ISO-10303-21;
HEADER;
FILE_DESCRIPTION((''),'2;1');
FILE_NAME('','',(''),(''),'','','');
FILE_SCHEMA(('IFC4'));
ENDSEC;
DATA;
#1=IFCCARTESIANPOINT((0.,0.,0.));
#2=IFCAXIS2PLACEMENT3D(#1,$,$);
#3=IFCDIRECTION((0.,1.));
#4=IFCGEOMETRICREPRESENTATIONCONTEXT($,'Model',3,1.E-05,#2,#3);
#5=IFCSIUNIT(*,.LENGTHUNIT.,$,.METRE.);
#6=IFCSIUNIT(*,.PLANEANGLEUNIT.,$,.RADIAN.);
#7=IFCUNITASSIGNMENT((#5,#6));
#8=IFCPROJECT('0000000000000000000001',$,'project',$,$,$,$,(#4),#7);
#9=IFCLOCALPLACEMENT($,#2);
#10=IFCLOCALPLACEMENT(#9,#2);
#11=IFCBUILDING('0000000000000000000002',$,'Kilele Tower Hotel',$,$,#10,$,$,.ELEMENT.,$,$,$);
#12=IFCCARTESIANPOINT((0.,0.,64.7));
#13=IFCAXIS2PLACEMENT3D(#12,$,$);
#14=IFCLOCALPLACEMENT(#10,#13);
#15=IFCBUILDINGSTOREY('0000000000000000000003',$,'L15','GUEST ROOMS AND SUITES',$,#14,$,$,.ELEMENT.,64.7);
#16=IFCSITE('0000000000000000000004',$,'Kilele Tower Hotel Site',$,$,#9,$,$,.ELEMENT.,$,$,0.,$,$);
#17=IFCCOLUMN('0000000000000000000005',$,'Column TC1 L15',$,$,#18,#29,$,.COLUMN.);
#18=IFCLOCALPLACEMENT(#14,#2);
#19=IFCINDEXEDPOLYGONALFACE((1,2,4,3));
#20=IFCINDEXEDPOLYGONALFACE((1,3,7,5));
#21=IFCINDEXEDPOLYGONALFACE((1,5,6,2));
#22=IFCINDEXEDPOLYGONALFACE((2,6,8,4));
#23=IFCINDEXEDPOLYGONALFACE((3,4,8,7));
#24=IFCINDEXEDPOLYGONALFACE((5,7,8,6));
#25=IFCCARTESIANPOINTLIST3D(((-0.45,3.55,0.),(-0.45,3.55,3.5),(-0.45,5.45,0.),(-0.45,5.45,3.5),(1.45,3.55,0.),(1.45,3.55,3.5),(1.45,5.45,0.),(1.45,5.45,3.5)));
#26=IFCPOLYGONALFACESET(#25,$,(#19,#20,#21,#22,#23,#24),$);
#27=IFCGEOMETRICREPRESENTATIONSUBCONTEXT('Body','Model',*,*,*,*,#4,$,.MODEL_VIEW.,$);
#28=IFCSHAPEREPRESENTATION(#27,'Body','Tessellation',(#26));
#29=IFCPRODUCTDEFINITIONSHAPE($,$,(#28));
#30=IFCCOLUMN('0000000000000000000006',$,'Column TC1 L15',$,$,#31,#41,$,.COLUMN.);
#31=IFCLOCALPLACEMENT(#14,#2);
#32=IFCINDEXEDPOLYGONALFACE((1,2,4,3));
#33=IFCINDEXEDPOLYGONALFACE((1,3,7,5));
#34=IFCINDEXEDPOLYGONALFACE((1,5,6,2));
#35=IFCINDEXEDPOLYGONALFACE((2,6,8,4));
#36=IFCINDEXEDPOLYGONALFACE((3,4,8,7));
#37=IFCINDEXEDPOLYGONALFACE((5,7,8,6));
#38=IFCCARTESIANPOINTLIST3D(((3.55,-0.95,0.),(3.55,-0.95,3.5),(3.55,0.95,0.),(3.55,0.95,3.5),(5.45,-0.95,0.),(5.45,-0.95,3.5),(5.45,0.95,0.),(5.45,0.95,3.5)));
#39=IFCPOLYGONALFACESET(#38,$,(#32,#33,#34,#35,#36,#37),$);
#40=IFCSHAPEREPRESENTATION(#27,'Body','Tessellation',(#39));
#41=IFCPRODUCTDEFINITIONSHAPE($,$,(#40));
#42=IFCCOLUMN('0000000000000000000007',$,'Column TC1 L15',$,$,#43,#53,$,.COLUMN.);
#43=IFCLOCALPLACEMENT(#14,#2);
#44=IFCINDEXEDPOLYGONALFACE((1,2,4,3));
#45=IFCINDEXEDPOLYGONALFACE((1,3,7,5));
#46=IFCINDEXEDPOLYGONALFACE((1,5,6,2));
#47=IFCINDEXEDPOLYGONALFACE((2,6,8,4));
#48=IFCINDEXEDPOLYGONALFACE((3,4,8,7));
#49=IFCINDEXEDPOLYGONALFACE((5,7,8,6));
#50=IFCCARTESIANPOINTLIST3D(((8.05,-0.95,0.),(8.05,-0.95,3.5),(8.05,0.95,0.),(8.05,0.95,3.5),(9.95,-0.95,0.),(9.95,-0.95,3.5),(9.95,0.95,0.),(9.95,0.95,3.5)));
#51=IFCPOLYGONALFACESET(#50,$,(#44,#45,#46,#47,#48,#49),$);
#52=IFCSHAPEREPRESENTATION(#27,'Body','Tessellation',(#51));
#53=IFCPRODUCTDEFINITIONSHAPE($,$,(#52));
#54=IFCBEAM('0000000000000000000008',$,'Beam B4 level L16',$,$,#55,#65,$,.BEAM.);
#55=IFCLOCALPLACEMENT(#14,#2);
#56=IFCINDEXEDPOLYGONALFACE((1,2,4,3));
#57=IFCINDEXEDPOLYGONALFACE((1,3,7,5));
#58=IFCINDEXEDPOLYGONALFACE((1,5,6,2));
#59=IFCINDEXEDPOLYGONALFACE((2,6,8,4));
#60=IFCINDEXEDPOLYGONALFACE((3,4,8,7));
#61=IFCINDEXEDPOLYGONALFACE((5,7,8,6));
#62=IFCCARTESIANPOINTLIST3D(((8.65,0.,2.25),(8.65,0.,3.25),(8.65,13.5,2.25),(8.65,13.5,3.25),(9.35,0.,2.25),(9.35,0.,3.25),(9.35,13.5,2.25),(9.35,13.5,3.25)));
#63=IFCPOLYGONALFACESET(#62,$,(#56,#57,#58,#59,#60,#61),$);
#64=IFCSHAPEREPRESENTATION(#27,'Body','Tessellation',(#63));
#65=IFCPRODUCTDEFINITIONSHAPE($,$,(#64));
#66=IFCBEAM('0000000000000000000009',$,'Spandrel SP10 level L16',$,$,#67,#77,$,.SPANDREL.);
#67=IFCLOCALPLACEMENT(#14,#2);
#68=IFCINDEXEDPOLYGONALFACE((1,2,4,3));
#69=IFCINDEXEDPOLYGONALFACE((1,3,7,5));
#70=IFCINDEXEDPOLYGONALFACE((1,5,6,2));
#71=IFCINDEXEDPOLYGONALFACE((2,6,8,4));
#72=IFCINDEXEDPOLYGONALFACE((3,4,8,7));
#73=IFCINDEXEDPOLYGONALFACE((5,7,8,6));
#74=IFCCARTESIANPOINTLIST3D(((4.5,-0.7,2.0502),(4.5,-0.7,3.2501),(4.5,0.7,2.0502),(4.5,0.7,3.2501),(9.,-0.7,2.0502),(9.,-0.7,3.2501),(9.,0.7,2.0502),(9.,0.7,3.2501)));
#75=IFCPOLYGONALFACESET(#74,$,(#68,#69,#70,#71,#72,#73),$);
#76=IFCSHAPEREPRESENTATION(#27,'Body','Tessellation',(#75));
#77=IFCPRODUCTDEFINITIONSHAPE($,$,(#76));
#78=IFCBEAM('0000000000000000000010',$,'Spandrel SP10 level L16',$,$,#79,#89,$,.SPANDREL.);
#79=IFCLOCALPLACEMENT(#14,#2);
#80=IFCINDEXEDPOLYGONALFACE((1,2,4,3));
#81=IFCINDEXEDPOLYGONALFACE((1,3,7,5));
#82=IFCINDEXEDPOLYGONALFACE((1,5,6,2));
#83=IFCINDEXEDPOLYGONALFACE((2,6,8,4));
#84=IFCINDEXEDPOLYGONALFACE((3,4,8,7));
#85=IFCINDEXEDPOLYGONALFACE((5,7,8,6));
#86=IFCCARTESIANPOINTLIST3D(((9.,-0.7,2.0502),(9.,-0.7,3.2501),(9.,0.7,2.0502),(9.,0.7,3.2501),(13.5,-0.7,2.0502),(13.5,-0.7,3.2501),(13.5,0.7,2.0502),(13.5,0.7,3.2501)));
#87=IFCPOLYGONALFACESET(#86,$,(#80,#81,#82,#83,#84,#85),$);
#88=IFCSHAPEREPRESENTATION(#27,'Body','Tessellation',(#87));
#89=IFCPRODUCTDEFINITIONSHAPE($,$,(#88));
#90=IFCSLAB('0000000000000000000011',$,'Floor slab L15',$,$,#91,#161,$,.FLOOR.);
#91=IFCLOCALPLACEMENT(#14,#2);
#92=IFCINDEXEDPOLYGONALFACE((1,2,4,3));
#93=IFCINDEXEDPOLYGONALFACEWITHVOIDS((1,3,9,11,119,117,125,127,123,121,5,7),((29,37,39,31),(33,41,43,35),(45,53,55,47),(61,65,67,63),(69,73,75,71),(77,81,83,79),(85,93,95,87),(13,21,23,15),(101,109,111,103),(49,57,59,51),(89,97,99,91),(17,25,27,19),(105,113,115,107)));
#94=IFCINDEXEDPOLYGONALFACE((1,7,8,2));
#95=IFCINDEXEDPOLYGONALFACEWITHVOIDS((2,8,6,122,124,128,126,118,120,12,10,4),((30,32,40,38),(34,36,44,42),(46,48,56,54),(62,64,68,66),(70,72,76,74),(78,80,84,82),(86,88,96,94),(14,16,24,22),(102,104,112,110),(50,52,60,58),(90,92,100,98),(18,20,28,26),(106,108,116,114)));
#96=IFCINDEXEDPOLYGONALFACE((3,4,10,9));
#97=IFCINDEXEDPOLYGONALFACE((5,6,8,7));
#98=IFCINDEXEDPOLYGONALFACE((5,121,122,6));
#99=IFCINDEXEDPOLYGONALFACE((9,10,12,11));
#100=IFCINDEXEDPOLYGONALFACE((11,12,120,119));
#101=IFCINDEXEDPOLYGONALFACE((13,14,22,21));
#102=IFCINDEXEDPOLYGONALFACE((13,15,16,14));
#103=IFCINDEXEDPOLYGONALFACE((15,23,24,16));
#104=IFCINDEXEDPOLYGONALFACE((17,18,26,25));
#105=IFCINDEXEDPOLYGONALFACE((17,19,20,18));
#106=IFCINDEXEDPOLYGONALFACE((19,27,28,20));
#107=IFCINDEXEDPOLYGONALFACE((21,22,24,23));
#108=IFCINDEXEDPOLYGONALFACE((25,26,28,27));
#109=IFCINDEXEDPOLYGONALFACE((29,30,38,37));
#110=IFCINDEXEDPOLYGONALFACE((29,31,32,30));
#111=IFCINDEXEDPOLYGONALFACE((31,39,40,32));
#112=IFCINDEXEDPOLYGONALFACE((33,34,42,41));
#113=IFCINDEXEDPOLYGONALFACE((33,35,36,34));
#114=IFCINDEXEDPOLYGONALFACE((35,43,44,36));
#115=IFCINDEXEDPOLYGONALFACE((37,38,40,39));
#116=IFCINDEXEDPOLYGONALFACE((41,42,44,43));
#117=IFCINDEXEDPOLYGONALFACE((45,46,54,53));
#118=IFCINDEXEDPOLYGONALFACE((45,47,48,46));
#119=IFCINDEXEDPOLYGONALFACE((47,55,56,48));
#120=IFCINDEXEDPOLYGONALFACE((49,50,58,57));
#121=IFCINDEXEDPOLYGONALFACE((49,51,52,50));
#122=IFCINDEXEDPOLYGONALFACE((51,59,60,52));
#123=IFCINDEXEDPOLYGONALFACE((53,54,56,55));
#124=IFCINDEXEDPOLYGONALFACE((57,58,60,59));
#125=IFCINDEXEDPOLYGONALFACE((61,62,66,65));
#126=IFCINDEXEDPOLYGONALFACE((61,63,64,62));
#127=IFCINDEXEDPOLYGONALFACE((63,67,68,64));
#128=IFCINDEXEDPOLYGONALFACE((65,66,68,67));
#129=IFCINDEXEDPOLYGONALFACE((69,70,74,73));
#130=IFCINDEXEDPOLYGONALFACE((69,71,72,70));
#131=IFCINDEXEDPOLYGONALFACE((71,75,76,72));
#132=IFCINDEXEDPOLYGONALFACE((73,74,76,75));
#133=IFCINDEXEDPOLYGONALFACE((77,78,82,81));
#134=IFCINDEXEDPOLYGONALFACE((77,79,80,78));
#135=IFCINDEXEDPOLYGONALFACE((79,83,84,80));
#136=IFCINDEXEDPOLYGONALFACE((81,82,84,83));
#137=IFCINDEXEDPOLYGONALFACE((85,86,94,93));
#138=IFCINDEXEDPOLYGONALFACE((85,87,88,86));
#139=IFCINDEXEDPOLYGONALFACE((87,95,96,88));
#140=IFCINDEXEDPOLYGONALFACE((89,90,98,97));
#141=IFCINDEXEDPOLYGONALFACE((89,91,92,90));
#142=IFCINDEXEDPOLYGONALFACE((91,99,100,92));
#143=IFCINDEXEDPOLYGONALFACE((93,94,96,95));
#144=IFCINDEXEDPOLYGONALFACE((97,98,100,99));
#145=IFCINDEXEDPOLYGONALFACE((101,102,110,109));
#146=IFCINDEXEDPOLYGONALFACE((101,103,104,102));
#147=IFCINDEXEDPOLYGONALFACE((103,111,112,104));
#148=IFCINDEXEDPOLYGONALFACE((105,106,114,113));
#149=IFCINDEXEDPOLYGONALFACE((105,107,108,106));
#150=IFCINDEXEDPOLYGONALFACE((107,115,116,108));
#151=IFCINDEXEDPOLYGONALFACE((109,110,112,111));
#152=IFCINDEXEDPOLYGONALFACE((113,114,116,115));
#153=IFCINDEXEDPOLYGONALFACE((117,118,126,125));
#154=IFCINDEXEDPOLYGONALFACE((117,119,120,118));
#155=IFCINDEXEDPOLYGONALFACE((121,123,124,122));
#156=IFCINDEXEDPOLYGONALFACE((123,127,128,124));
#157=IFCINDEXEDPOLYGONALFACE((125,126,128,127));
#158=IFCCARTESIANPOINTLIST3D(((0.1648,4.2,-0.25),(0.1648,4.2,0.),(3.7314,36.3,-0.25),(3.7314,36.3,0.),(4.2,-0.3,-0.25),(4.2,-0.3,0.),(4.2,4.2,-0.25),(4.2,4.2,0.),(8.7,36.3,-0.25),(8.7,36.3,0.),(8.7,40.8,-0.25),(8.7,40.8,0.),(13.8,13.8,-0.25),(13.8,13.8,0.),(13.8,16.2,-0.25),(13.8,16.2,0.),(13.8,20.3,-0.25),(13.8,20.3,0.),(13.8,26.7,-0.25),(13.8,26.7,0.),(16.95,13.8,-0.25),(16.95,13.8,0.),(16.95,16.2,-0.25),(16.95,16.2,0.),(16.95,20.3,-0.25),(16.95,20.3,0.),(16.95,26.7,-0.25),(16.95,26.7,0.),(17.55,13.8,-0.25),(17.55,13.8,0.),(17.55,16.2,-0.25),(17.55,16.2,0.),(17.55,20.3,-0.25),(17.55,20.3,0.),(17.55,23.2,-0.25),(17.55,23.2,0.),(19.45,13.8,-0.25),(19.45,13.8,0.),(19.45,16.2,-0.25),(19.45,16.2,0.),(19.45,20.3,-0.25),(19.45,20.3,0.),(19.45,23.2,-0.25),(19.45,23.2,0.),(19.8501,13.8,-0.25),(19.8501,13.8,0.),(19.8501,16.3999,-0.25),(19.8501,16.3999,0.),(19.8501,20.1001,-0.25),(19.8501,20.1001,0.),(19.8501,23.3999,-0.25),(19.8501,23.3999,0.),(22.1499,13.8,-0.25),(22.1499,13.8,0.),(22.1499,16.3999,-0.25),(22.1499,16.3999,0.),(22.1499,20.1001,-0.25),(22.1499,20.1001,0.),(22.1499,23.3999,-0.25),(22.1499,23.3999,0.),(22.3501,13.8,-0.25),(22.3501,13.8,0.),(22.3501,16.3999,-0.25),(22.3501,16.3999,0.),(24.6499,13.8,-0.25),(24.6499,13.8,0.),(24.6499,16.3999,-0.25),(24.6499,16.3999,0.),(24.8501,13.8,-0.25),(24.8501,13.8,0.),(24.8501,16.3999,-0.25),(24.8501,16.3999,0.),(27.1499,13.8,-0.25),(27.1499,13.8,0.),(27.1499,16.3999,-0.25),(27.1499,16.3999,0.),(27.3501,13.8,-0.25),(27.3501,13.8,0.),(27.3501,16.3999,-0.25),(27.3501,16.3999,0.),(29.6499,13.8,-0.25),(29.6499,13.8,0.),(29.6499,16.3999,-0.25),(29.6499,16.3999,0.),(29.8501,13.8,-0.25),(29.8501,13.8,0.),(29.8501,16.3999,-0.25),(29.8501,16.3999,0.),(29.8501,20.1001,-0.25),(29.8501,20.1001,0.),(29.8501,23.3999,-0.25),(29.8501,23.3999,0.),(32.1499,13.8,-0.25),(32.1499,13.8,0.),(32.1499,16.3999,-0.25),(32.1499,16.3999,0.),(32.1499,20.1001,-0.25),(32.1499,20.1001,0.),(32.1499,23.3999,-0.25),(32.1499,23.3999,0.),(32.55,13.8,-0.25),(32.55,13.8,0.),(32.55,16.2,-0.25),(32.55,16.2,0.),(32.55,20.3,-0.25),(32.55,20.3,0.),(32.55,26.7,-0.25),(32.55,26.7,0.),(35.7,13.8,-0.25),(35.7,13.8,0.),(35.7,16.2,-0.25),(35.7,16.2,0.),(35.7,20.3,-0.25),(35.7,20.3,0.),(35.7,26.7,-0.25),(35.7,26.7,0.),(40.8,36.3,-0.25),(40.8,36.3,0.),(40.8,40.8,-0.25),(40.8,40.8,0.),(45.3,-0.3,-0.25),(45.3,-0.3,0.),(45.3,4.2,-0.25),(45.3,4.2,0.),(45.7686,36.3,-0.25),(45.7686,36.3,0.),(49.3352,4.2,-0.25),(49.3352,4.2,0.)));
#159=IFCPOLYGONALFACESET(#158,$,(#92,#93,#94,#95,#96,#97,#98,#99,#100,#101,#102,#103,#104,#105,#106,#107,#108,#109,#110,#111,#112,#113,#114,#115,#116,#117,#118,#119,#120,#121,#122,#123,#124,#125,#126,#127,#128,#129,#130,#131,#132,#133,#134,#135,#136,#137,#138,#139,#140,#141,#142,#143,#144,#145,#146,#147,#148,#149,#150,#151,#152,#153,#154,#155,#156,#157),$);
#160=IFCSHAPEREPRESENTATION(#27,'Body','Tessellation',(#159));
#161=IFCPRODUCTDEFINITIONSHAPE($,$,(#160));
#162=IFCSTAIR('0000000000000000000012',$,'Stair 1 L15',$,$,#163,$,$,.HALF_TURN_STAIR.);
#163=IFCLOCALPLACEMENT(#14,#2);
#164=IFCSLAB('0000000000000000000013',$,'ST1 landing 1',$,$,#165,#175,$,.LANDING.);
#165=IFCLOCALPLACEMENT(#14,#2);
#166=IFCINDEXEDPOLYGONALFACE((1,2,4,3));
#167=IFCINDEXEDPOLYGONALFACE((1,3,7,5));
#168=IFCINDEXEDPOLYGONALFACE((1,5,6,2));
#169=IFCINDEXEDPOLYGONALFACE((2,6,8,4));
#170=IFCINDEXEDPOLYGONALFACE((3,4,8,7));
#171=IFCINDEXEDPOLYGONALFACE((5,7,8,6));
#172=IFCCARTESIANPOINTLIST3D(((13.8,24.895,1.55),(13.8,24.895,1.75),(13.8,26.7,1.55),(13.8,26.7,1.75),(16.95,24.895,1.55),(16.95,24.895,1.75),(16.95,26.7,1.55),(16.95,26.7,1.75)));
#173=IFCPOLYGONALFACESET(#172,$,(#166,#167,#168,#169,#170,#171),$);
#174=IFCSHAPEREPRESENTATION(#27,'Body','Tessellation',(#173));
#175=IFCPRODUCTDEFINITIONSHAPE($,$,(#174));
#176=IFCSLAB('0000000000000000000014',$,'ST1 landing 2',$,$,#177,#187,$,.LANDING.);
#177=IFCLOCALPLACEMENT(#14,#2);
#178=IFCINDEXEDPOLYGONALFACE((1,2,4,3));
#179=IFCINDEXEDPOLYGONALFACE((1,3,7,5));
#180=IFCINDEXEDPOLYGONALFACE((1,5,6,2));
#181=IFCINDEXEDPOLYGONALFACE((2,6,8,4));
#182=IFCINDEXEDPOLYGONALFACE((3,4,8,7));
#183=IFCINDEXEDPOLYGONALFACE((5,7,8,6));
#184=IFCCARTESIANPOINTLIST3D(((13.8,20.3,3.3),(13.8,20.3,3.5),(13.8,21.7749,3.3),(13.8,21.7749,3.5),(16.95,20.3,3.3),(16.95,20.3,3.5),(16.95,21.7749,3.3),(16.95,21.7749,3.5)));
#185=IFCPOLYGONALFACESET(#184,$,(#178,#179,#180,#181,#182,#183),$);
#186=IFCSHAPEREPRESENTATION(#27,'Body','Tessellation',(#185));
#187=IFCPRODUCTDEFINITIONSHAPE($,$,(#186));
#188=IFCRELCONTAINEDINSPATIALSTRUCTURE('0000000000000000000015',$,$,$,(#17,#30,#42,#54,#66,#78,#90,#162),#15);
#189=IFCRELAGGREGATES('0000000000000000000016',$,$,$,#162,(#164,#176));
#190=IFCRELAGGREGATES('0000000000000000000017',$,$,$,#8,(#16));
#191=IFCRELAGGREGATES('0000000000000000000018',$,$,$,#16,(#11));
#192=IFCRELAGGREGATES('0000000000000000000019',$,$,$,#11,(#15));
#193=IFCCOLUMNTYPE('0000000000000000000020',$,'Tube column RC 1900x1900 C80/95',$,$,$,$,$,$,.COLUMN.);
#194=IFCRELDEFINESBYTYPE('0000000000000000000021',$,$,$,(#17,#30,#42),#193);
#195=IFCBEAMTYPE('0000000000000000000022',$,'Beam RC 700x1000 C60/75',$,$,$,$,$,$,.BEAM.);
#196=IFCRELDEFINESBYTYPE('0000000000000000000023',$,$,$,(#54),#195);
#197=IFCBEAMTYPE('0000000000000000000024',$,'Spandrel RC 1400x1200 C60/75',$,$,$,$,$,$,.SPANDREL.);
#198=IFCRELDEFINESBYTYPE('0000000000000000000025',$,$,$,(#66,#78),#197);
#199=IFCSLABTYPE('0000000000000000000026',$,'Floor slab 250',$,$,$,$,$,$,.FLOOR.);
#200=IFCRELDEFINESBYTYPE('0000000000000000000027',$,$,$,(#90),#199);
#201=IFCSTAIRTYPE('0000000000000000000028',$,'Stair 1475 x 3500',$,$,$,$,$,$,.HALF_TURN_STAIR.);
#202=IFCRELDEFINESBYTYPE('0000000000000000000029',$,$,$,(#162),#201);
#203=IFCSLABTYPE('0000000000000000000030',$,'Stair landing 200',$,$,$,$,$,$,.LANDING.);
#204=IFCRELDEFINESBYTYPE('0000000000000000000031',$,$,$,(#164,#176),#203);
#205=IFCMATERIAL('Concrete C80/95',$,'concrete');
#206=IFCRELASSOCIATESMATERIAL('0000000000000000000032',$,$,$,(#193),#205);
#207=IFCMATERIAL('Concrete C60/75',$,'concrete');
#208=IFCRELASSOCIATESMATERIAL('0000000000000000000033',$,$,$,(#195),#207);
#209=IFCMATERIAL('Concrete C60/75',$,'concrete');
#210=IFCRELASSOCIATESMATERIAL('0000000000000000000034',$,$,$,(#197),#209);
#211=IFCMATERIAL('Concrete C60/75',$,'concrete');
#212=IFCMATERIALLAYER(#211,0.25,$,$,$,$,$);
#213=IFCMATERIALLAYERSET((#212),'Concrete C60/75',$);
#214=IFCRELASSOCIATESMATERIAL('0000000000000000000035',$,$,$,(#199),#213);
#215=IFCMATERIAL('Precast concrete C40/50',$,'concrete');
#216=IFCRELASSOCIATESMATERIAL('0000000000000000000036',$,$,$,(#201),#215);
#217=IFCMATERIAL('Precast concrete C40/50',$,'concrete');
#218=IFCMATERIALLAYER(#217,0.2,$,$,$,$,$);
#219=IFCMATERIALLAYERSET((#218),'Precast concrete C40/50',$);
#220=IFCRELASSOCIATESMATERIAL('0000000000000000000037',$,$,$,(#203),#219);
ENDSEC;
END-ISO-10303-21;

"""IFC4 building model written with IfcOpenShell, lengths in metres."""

from ifc_helpers import new_model, si_unit, direction, frame, origin, origin_2d, place, context, subcontext, project, spatial, polyline, rectangle, outline, extrude, material, layer, layer_set, material_profile, profile_set, type_object, element, aggregate, save


model = new_model("IFC4")

# Units and contexts
model_context = context("Model", 3, precision=1e-05, world=origin(), true_north=direction((0.0, 1.0)))
body_context = subcontext(model_context, "Body", "Model", "MODEL_VIEW")
ifc_project = project(units=[si_unit("LENGTHUNIT", "METRE"), si_unit("PLANEANGLEUNIT", "RADIAN")], contexts=[model_context])

# Site, building, storey
site_placement = place(None, origin())
site = spatial("IfcSite", under=ifc_project, at=site_placement, Name="Kilele Tower Hotel Site", CompositionType="ELEMENT", RefElevation=0.0)
building_placement = place(site_placement, origin())
building = spatial("IfcBuilding", under=site, at=building_placement, Name="Kilele Tower Hotel", CompositionType="ELEMENT")
storey_placement = place(building_placement, frame((0.0, 0.0, 64.7)))
storey = spatial("IfcBuildingStorey", under=building, at=storey_placement, Name="L15", Description="GUEST ROOMS AND SUITES", CompositionType="ELEMENT", Elevation=64.7)

# Columns
ifc_material_1 = material(Name="Concrete C80/95", Category="concrete")
ifc_material_profile_1 = material_profile(ifc_material_1, rectangle(XDim=1.8999, YDim=1.8999, at=origin_2d()))
ifc_profile_set_1 = profile_set([ifc_material_profile_1], Name="Concrete C80/95")
column_type = type_object("IfcColumnType", Name="Tube column RC 1900x1900 C80/95", PredefinedType="COLUMN", material=ifc_profile_set_1)
for number, where, z_axis, x_axis, name in (
    (1, (0.5, 4.5, 0.0), (0.0, 0.0, 1.0), (1.0, 0.0, 0.0), "Column TC1 L15"),
    (2, (4.5, 0.0, 0.0), (0.0, 0.0, 1.0), (1.0, 0.0, 0.0), "Column TC1 L15"),
    (3, (9.0, 0.0, 0.0), (0.0, 0.0, 1.0), (1.0, 0.0, 0.0), "Column TC1 L15"),
):
    element("IfcColumn", number, at=place(storey_placement, frame(where, z_axis=z_axis, x_axis=x_axis)), inside=storey, type_object=column_type, Name=name, PredefinedType="COLUMN", context=body_context, shape_type="SweptSolid", body=[
        extrude(rectangle(XDim=1.8999, YDim=1.8999, at=origin_2d()), origin(), (0.0, 0.0, 1.0), 3.5),
    ])

# Beams
ifc_material_2 = material(Name="Concrete C60/75", Category="concrete")
ifc_material_profile_2 = material_profile(ifc_material_2, rectangle(XDim=0.7, YDim=1.0, at=origin_2d()))
ifc_profile_set_2 = profile_set([ifc_material_profile_2], Name="Concrete C60/75")
beam_type_1 = type_object("IfcBeamType", Name="Beam RC 700x1000 C60/75", PredefinedType="BEAM", material=ifc_profile_set_2)
beam_placement = place(storey_placement, frame((9.0, 0.0, 2.75), z_axis=(0.0, 1.0, 0.0), x_axis=(-1.0, 0.0, 0.0)))
element("IfcBeam", 4, at=beam_placement, inside=storey, type_object=beam_type_1, Name="Beam B4 level L16", PredefinedType="BEAM", context=body_context, shape_type="SweptSolid", body=[
    extrude(rectangle(XDim=0.7, YDim=1.0, at=origin_2d()), origin(), (0.0, 0.0, 1.0), 13.5),
])
ifc_material_3 = material(Name="Concrete C60/75", Category="concrete")
ifc_material_profile_3 = material_profile(ifc_material_3, rectangle(XDim=1.3999, YDim=1.2, at=origin_2d()))
ifc_profile_set_3 = profile_set([ifc_material_profile_3], Name="Concrete C60/75")
beam_type_2 = type_object("IfcBeamType", Name="Spandrel RC 1400x1200 C60/75", PredefinedType="SPANDREL", material=ifc_profile_set_3)
for number, where, z_axis, x_axis, name in (
    (5, (4.5, 0.0, 2.6501), (1.0, 0.0, 0.0), (0.0, 1.0, 0.0), "Spandrel SP10 level L16"),
    (6, (9.0, 0.0, 2.6501), (1.0, 0.0, 0.0), (0.0, 1.0, 0.0), "Spandrel SP10 level L16"),
):
    element("IfcBeam", number, at=place(storey_placement, frame(where, z_axis=z_axis, x_axis=x_axis)), inside=storey, type_object=beam_type_2, Name=name, PredefinedType="SPANDREL", context=body_context, shape_type="SweptSolid", body=[
        extrude(rectangle(XDim=1.3999, YDim=1.2, at=origin_2d()), origin(), (0.0, 0.0, 1.0), 4.5),
    ])

# Slab
ifc_material_4 = material(Name="Concrete C60/75", Category="concrete")
ifc_layer_1 = layer(ifc_material_4, 0.25)
ifc_layer_set_1 = layer_set([ifc_layer_1], Name="Concrete C60/75")
slab_type_1 = type_object("IfcSlabType", Name="Floor slab 250", PredefinedType="FLOOR", material=ifc_layer_set_1)
slab_1_placement = place(storey_placement, frame((0.0, 0.0, -0.25)))
element("IfcSlab", 7, at=slab_1_placement, inside=storey, type_object=slab_type_1, Name="Floor slab L15", PredefinedType="FLOOR", context=body_context, shape_type="SweptSolid", body=[
    extrude(outline(polyline([(8.7, 36.3), (8.7, 40.8), (40.8, 40.8), (40.8, 36.3), (45.7686, 36.3), (49.3352, 4.2), (45.3, 4.2), (45.3, -0.3), (4.2, -0.3), (4.2, 4.2), (0.1648, 4.2), (3.7314, 36.3), (8.7, 36.3)]), holes=[polyline([(16.95, 16.2), (13.8, 16.2), (13.8, 13.8), (16.95, 13.8), (16.95, 16.2)]), polyline([(19.45, 13.8), (19.45, 16.2), (17.55, 16.2), (17.55, 13.8), (19.45, 13.8)]), polyline([(22.1499, 13.8), (22.1499, 16.3999), (19.8501, 16.3999), (19.8501, 13.8), (22.1499, 13.8)]), polyline([(24.6499, 16.3999), (22.3501, 16.3999), (22.3501, 13.8), (24.6499, 13.8), (24.6499, 16.3999)]), polyline([(19.45, 20.3), (19.45, 23.2), (17.55, 23.2), (17.55, 20.3), (19.45, 20.3)]), polyline([(22.1499, 20.1001), (22.1499, 23.3999), (19.8501, 23.3999), (19.8501, 20.1001), (22.1499, 20.1001)]), polyline([(16.95, 26.7), (13.8, 26.7), (13.8, 20.3), (16.95, 20.3), (16.95, 26.7)]), polyline([(35.7, 13.8), (35.7, 16.2), (32.55, 16.2), (32.55, 13.8), (35.7, 13.8)]), polyline([(27.1499, 13.8), (27.1499, 16.3999), (24.8501, 16.3999), (24.8501, 13.8), (27.1499, 13.8)]), polyline([(29.6499, 13.8), (29.6499, 16.3999), (27.3501, 16.3999), (27.3501, 13.8), (29.6499, 13.8)]), polyline([(32.1499, 13.8), (32.1499, 16.3999), (29.8501, 16.3999), (29.8501, 13.8), (32.1499, 13.8)]), polyline([(32.1499, 20.1001), (32.1499, 23.3999), (29.8501, 23.3999), (29.8501, 20.1001), (32.1499, 20.1001)]), polyline([(35.7, 20.3), (35.7, 26.7), (32.55, 26.7), (32.55, 20.3), (35.7, 20.3)])]), origin(), (0.0, 0.0, 1.0), 0.25),
])

# Stair, slabs
ifc_material_5 = material(Name="Precast concrete C40/50", Category="concrete")
stair_type = type_object("IfcStairType", Name="Stair 1475 x 3500", PredefinedType="HALF_TURN_STAIR", material=ifc_material_5)
stair_1_placement = place(storey_placement, origin())
stair_1 = element("IfcStair", 8, at=stair_1_placement, inside=storey, type_object=stair_type, Name="Stair 1 L15", PredefinedType="HALF_TURN_STAIR")
ifc_material_6 = material(Name="Precast concrete C40/50", Category="concrete")
ifc_layer_2 = layer(ifc_material_6, 0.2)
ifc_layer_set_2 = layer_set([ifc_layer_2], Name="Precast concrete C40/50")
slab_type_2 = type_object("IfcSlabType", Name="Stair landing 200", PredefinedType="LANDING", material=ifc_layer_set_2)
slab_2_placement = place(storey_placement, frame((0.0, 0.0, 1.55)))
slab_2 = element("IfcSlab", 9, at=slab_2_placement, type_object=slab_type_2, Name="ST1 landing 1", PredefinedType="LANDING", context=body_context, shape_type="SweptSolid", body=[
    extrude(outline(polyline([(13.8, 24.895), (16.95, 24.895), (16.95, 26.7), (13.8, 26.7), (13.8, 24.895)])), origin(), (0.0, 0.0, 1.0), 0.2),
])
slab_3_placement = place(storey_placement, frame((0.0, 0.0, 3.3)))
slab_3 = element("IfcSlab", 10, at=slab_3_placement, type_object=slab_type_2, Name="ST1 landing 2", PredefinedType="LANDING", context=body_context, shape_type="SweptSolid", body=[
    extrude(outline(polyline([(13.8, 20.3), (16.95, 20.3), (16.95, 21.7749), (13.8, 21.7749), (13.8, 20.3)])), origin(), (0.0, 0.0, 1.0), 0.2),
])
aggregate(stair_1, [slab_2, slab_3])

save(model, "model.ifc")
